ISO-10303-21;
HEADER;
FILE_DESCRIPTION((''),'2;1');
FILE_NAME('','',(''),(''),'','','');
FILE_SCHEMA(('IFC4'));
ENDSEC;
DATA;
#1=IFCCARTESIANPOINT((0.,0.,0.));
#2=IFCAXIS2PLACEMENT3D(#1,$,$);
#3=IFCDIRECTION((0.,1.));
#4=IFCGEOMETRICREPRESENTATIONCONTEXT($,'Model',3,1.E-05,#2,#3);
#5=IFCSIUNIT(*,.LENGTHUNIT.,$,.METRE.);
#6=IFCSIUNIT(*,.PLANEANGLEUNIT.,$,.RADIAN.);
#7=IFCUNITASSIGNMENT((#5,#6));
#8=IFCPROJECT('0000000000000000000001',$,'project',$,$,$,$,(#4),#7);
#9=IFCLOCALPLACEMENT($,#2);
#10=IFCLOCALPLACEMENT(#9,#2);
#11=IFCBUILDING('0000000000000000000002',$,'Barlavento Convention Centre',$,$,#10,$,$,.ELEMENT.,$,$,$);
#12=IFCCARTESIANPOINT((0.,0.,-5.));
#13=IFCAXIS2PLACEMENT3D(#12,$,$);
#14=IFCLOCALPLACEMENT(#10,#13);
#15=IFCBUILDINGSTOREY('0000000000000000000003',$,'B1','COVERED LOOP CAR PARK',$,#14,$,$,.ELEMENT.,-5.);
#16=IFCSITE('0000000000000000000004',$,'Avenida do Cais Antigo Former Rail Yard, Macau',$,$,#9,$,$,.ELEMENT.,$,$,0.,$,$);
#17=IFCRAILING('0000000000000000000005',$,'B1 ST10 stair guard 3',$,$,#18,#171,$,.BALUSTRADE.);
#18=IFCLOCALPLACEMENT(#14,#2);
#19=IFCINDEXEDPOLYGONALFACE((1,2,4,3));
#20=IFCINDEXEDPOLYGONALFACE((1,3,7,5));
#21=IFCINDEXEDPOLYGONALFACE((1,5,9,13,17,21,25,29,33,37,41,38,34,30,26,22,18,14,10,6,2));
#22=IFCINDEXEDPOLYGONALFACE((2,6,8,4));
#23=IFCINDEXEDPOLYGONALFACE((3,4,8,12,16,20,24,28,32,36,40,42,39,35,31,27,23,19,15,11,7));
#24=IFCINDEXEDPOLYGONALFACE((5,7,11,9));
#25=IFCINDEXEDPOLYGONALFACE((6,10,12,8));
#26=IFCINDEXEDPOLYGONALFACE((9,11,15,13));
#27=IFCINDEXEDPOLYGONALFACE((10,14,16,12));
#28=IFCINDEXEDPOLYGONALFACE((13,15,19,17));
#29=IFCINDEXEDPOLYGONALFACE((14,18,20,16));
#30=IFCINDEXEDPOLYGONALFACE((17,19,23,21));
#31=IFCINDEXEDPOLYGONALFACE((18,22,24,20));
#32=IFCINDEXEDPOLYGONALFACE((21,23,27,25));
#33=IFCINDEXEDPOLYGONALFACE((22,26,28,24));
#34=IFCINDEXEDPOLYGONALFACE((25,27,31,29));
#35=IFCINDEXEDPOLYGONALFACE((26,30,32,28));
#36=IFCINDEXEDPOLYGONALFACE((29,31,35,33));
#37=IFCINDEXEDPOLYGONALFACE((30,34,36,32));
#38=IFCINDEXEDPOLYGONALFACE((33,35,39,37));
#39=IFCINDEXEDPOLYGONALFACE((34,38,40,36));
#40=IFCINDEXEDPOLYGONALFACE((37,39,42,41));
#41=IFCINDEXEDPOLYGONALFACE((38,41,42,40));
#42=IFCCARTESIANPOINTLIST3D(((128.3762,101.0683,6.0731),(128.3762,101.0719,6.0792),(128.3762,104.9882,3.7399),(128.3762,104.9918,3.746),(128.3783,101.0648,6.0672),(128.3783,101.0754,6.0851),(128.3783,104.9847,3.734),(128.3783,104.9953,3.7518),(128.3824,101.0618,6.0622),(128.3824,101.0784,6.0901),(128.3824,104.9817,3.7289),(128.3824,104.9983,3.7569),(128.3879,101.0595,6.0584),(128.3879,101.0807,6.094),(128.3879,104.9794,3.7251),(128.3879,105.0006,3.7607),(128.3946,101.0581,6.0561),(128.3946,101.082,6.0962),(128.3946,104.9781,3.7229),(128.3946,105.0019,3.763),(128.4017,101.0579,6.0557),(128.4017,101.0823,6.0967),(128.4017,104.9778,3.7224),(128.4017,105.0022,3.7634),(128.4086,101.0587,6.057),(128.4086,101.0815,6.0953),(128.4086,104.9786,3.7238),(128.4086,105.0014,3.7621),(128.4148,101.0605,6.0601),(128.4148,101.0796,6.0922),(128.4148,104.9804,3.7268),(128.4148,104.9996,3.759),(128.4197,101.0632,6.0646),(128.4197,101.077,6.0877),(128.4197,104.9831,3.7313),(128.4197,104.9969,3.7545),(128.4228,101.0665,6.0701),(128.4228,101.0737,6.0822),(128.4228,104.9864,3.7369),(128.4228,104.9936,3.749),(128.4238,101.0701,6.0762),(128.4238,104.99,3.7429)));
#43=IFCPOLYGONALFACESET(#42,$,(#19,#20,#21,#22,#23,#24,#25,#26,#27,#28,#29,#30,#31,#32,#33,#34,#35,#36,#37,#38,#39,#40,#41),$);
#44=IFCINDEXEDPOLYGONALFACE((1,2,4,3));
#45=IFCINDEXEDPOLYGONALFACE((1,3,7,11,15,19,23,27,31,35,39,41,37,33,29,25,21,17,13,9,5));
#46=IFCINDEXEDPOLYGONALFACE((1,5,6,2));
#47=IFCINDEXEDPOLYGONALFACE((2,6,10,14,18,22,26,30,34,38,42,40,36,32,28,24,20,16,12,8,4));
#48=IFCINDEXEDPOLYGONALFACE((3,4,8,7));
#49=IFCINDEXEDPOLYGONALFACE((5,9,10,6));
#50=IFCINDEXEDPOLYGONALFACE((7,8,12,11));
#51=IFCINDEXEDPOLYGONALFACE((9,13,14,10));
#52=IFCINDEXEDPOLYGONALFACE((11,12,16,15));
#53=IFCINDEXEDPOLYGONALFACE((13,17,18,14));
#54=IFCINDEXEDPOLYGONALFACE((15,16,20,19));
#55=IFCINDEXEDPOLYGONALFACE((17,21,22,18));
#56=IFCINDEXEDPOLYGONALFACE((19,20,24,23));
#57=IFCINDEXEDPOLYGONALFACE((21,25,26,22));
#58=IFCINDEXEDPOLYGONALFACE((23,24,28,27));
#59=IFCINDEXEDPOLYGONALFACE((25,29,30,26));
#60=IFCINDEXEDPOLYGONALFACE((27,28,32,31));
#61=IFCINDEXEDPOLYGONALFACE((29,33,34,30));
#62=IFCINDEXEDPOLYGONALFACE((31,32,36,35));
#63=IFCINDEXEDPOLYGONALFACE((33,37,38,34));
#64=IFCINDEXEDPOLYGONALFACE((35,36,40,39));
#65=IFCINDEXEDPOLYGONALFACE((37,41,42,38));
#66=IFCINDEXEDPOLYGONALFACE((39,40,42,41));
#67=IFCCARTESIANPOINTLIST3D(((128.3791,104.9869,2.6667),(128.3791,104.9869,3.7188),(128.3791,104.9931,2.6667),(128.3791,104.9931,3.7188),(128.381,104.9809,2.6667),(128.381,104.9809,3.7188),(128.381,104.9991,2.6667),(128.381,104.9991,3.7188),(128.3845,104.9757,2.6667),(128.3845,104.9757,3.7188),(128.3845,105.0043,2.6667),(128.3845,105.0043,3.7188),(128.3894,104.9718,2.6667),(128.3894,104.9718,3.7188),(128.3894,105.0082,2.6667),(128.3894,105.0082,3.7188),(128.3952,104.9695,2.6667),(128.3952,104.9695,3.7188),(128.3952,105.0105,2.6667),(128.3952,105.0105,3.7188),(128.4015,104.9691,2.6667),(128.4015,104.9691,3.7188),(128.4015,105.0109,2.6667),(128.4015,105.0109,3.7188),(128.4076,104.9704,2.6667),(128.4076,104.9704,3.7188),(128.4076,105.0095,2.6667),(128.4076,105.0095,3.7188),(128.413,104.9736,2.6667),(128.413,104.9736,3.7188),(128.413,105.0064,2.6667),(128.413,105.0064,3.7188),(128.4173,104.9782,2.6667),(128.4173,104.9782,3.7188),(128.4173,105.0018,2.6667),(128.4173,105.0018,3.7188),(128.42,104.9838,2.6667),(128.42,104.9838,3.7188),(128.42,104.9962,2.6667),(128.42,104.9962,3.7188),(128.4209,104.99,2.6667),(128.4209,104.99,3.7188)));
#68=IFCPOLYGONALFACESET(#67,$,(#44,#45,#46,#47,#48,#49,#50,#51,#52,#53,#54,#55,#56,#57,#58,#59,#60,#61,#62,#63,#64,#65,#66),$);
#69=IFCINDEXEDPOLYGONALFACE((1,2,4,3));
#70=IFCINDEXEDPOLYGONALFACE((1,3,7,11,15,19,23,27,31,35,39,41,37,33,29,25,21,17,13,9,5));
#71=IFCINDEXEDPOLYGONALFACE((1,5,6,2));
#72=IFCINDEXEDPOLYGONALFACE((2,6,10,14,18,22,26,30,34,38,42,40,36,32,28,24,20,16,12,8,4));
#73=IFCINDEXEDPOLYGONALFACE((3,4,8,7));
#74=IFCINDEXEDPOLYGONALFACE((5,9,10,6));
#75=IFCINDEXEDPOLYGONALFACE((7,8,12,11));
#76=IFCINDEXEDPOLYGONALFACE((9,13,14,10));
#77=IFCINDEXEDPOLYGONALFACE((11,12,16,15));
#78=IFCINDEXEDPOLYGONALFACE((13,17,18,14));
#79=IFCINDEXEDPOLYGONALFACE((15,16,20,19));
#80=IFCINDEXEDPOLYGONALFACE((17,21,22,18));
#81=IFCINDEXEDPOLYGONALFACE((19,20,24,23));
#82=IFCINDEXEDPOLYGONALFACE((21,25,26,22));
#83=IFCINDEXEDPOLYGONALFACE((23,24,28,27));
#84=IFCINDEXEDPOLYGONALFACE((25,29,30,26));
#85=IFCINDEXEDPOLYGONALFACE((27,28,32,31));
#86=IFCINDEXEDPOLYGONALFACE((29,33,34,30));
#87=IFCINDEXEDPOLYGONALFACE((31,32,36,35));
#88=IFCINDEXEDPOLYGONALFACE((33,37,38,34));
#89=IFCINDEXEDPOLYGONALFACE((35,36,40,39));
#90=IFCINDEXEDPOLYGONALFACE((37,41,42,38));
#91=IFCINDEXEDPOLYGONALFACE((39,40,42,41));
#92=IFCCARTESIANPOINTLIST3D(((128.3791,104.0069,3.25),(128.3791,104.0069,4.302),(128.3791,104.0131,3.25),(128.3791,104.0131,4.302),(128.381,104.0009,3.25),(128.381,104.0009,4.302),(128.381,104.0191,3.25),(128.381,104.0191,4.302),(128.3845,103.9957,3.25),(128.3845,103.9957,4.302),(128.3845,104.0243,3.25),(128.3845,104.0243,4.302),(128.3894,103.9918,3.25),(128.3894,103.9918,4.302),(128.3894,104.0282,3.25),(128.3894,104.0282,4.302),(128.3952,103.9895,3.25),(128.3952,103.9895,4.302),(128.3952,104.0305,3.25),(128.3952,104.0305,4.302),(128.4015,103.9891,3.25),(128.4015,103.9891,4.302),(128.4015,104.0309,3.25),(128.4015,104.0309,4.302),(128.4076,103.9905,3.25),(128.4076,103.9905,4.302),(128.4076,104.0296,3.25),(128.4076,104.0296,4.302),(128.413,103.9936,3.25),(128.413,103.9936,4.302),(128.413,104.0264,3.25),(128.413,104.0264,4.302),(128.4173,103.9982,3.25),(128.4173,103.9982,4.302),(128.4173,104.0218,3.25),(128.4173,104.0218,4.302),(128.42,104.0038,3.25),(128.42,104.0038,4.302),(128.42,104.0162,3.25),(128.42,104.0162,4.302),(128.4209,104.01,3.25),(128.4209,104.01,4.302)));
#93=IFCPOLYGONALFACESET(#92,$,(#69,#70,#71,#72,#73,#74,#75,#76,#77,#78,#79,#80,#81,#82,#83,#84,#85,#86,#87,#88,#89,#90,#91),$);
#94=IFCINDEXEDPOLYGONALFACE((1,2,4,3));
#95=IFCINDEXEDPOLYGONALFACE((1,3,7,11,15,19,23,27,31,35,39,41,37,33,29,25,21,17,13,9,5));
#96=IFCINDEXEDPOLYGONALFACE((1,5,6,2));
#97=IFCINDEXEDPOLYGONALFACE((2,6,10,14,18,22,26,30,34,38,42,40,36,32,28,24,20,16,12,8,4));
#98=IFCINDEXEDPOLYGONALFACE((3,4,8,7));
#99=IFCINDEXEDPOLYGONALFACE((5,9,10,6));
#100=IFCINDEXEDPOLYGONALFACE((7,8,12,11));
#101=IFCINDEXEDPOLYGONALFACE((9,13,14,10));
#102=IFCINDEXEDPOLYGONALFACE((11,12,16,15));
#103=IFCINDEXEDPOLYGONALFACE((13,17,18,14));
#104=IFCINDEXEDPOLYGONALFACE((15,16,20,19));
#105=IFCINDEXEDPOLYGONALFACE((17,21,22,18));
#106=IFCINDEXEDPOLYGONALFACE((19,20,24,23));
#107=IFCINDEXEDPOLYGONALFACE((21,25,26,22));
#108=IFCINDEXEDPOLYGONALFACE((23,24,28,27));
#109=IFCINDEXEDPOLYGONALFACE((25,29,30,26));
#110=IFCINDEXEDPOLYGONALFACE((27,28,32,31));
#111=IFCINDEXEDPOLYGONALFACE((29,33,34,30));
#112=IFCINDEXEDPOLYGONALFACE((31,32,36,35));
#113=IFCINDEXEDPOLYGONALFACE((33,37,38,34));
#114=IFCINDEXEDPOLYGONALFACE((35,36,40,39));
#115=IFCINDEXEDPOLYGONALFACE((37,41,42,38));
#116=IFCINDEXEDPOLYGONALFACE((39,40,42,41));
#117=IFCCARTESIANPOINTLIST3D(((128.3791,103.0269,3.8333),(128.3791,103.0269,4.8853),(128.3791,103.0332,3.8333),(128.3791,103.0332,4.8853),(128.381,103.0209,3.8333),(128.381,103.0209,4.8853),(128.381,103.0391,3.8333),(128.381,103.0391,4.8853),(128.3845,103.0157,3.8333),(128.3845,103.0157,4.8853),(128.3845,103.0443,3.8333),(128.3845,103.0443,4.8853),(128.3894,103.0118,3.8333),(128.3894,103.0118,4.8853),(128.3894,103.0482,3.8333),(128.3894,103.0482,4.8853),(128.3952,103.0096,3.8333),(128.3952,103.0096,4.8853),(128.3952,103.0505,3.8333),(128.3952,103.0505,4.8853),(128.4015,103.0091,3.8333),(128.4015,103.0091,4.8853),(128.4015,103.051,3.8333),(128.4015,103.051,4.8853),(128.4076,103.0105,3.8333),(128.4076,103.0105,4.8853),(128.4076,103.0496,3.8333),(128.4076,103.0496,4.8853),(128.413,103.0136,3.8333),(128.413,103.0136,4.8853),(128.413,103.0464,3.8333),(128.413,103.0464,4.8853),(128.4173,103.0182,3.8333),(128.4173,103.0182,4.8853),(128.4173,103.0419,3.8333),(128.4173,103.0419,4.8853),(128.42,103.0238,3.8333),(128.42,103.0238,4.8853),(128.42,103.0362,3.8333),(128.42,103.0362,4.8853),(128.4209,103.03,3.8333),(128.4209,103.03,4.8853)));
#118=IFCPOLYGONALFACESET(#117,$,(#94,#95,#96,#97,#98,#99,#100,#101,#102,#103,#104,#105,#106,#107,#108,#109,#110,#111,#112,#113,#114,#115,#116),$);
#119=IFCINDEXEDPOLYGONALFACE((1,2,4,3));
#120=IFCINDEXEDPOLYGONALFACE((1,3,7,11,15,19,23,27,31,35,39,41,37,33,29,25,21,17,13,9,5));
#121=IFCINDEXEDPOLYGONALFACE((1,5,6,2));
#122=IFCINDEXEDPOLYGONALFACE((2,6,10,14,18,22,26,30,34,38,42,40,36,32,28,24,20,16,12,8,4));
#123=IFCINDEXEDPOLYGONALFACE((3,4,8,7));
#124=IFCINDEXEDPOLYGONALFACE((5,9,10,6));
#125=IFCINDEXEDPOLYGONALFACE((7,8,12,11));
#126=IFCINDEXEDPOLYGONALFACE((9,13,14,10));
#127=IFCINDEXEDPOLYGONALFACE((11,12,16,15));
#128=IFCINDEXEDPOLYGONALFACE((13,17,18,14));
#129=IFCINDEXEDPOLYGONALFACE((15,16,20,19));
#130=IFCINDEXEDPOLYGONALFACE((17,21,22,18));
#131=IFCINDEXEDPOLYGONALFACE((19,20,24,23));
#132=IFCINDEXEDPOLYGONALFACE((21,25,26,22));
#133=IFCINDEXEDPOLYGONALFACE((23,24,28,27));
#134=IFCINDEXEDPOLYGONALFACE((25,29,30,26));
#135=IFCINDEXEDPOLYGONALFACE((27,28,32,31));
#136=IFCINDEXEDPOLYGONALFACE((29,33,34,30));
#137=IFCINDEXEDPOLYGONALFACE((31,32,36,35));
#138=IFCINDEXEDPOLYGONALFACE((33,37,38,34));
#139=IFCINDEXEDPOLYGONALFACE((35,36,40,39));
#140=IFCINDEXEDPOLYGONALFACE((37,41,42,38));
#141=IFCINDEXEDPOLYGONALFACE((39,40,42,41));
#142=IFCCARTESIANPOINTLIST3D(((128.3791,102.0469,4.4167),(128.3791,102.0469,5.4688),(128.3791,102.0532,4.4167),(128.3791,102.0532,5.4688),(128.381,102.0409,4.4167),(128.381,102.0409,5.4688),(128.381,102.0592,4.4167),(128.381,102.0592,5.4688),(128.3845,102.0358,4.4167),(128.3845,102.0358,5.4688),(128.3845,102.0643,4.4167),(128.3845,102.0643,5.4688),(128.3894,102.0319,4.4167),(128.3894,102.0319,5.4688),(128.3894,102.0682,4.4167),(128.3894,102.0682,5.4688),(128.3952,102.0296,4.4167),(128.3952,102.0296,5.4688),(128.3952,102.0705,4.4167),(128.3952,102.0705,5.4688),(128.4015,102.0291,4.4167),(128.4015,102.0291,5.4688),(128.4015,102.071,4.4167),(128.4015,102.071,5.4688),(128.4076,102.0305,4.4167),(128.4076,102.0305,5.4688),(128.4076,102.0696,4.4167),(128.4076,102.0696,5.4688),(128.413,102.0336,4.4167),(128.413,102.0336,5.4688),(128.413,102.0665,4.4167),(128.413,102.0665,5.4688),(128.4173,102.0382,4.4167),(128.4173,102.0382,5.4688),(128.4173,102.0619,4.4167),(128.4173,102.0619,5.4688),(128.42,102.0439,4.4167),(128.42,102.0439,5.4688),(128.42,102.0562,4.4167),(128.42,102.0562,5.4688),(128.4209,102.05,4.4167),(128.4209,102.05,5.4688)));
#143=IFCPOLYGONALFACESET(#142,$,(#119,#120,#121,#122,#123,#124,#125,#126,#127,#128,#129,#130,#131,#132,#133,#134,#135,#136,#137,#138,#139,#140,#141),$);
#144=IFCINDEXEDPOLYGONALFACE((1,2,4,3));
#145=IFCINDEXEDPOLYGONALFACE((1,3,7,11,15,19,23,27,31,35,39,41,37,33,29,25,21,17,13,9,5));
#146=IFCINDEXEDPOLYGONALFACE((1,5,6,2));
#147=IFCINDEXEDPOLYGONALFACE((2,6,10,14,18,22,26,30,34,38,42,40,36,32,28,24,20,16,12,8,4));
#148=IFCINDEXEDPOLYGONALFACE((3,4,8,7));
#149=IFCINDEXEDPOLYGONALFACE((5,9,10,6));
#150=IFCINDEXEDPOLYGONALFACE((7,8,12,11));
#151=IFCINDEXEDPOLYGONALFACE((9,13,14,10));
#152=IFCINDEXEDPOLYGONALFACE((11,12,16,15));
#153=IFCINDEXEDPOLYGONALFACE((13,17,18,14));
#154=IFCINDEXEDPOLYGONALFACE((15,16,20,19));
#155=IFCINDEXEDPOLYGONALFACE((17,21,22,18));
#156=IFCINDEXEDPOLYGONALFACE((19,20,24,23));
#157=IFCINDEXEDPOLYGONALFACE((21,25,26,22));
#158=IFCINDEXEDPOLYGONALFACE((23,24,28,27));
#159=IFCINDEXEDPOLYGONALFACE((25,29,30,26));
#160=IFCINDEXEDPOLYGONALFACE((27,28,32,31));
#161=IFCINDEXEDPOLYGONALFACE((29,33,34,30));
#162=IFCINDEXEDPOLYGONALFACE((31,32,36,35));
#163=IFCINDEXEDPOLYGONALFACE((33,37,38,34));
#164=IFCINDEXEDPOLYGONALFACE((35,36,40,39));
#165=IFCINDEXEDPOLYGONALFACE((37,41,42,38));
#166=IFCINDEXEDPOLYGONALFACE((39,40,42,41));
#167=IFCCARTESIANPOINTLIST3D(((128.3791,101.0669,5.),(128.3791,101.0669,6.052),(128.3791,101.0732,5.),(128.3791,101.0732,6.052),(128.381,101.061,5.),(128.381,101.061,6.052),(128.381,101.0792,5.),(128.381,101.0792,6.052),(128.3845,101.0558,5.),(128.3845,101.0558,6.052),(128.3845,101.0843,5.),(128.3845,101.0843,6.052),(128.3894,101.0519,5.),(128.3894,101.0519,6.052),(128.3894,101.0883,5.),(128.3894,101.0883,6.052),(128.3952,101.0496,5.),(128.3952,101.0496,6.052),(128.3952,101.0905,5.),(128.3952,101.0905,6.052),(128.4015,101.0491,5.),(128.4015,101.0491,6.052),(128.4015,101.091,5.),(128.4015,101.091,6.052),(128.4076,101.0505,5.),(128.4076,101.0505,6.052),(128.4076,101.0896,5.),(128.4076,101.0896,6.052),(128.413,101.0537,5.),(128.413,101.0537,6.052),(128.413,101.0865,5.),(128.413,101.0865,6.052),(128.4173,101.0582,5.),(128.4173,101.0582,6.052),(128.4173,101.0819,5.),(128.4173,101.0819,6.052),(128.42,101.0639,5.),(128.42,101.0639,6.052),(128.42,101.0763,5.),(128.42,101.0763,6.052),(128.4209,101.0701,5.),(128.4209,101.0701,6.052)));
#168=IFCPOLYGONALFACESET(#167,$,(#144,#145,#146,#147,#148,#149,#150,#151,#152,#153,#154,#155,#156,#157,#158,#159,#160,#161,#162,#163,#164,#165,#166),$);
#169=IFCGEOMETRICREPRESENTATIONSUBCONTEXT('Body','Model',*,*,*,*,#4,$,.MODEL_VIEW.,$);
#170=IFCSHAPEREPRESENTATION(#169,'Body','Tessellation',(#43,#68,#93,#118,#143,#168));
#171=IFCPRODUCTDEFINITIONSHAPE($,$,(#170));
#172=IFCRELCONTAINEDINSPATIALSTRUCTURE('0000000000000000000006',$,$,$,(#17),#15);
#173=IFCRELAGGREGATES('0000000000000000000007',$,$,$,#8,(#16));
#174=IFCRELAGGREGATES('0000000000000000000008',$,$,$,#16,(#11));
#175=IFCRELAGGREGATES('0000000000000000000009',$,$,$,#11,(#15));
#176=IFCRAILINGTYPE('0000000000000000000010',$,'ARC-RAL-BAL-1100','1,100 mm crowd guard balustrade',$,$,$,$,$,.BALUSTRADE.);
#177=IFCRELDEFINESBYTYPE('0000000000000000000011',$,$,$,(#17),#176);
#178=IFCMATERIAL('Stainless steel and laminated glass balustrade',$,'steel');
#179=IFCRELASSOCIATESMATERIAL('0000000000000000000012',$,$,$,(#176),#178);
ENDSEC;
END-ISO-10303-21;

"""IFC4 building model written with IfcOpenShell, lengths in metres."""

from ifc_helpers import new_model, si_unit, direction, frame, origin, origin_2d, place, context, subcontext, project, spatial, circle, extrude, material, type_object, element, save


model = new_model("IFC4")

# Units and contexts
model_context = context("Model", 3, precision=1e-05, world=origin(), true_north=direction((0.0, 1.0)))
body_context = subcontext(model_context, "Body", "Model", "MODEL_VIEW")
ifc_project = project(units=[si_unit("LENGTHUNIT", "METRE"), si_unit("PLANEANGLEUNIT", "RADIAN")], contexts=[model_context])

# Site, building, storey
site_placement = place(None, origin())
site = spatial("IfcSite", under=ifc_project, at=site_placement, Name="Avenida do Cais Antigo Former Rail Yard, Macau", CompositionType="ELEMENT", RefElevation=0.0)
building_placement = place(site_placement, origin())
building = spatial("IfcBuilding", under=site, at=building_placement, Name="Barlavento Convention Centre", CompositionType="ELEMENT")
storey_placement = place(building_placement, frame((0.0, 0.0, -5.0)))
storey = spatial("IfcBuildingStorey", under=building, at=storey_placement, Name="B1", Description="COVERED LOOP CAR PARK", CompositionType="ELEMENT", Elevation=-5.0)

# Railing
ifc_material_1 = material(Name="Stainless steel and laminated glass balustrade", Category="steel")
railing_type_1 = type_object("IfcRailingType", Name="ARC-RAL-BAL-1100", Description="1,100 mm crowd guard balustrade", PredefinedType="BALUSTRADE", material=ifc_material_1)
railing_1_placement = place(storey_placement, frame((128.3999, 104.99, 2.6667)))
element("IfcRailing", 1, at=railing_1_placement, inside=storey, type_object=railing_type_1, Name="B1 ST10 stair guard 3", PredefinedType="BALUSTRADE", context=body_context, shape_type="SweptSolid", body=[
    extrude(circle(Radius=0.0239, at=origin_2d()), frame((0.0, 0.0, 1.0762), z_axis=(0.0, -0.859296, 0.511478), x_axis=(1.0, 0.0, 0.0)), (0.0, 0.0, 1.0), 4.5618),
    extrude(circle(Radius=0.021, at=origin_2d()), origin(), (0.0, 0.0, 1.0), 1.052),
    extrude(circle(Radius=0.021, at=origin_2d()), frame((0.0, -0.98, 0.5833)), (0.0, 0.0, 1.0), 1.052),
    extrude(circle(Radius=0.021, at=origin_2d()), frame((0.0, -1.96, 1.1665)), (0.0, 0.0, 1.0), 1.052),
    extrude(circle(Radius=0.021, at=origin_2d()), frame((0.0, -2.9399, 1.75)), (0.0, 0.0, 1.0), 1.052),
    extrude(circle(Radius=0.021, at=origin_2d()), frame((0.0, -3.9199, 2.3333)), (0.0, 0.0, 1.0), 1.052),
])

save(model, "model.ifc")
